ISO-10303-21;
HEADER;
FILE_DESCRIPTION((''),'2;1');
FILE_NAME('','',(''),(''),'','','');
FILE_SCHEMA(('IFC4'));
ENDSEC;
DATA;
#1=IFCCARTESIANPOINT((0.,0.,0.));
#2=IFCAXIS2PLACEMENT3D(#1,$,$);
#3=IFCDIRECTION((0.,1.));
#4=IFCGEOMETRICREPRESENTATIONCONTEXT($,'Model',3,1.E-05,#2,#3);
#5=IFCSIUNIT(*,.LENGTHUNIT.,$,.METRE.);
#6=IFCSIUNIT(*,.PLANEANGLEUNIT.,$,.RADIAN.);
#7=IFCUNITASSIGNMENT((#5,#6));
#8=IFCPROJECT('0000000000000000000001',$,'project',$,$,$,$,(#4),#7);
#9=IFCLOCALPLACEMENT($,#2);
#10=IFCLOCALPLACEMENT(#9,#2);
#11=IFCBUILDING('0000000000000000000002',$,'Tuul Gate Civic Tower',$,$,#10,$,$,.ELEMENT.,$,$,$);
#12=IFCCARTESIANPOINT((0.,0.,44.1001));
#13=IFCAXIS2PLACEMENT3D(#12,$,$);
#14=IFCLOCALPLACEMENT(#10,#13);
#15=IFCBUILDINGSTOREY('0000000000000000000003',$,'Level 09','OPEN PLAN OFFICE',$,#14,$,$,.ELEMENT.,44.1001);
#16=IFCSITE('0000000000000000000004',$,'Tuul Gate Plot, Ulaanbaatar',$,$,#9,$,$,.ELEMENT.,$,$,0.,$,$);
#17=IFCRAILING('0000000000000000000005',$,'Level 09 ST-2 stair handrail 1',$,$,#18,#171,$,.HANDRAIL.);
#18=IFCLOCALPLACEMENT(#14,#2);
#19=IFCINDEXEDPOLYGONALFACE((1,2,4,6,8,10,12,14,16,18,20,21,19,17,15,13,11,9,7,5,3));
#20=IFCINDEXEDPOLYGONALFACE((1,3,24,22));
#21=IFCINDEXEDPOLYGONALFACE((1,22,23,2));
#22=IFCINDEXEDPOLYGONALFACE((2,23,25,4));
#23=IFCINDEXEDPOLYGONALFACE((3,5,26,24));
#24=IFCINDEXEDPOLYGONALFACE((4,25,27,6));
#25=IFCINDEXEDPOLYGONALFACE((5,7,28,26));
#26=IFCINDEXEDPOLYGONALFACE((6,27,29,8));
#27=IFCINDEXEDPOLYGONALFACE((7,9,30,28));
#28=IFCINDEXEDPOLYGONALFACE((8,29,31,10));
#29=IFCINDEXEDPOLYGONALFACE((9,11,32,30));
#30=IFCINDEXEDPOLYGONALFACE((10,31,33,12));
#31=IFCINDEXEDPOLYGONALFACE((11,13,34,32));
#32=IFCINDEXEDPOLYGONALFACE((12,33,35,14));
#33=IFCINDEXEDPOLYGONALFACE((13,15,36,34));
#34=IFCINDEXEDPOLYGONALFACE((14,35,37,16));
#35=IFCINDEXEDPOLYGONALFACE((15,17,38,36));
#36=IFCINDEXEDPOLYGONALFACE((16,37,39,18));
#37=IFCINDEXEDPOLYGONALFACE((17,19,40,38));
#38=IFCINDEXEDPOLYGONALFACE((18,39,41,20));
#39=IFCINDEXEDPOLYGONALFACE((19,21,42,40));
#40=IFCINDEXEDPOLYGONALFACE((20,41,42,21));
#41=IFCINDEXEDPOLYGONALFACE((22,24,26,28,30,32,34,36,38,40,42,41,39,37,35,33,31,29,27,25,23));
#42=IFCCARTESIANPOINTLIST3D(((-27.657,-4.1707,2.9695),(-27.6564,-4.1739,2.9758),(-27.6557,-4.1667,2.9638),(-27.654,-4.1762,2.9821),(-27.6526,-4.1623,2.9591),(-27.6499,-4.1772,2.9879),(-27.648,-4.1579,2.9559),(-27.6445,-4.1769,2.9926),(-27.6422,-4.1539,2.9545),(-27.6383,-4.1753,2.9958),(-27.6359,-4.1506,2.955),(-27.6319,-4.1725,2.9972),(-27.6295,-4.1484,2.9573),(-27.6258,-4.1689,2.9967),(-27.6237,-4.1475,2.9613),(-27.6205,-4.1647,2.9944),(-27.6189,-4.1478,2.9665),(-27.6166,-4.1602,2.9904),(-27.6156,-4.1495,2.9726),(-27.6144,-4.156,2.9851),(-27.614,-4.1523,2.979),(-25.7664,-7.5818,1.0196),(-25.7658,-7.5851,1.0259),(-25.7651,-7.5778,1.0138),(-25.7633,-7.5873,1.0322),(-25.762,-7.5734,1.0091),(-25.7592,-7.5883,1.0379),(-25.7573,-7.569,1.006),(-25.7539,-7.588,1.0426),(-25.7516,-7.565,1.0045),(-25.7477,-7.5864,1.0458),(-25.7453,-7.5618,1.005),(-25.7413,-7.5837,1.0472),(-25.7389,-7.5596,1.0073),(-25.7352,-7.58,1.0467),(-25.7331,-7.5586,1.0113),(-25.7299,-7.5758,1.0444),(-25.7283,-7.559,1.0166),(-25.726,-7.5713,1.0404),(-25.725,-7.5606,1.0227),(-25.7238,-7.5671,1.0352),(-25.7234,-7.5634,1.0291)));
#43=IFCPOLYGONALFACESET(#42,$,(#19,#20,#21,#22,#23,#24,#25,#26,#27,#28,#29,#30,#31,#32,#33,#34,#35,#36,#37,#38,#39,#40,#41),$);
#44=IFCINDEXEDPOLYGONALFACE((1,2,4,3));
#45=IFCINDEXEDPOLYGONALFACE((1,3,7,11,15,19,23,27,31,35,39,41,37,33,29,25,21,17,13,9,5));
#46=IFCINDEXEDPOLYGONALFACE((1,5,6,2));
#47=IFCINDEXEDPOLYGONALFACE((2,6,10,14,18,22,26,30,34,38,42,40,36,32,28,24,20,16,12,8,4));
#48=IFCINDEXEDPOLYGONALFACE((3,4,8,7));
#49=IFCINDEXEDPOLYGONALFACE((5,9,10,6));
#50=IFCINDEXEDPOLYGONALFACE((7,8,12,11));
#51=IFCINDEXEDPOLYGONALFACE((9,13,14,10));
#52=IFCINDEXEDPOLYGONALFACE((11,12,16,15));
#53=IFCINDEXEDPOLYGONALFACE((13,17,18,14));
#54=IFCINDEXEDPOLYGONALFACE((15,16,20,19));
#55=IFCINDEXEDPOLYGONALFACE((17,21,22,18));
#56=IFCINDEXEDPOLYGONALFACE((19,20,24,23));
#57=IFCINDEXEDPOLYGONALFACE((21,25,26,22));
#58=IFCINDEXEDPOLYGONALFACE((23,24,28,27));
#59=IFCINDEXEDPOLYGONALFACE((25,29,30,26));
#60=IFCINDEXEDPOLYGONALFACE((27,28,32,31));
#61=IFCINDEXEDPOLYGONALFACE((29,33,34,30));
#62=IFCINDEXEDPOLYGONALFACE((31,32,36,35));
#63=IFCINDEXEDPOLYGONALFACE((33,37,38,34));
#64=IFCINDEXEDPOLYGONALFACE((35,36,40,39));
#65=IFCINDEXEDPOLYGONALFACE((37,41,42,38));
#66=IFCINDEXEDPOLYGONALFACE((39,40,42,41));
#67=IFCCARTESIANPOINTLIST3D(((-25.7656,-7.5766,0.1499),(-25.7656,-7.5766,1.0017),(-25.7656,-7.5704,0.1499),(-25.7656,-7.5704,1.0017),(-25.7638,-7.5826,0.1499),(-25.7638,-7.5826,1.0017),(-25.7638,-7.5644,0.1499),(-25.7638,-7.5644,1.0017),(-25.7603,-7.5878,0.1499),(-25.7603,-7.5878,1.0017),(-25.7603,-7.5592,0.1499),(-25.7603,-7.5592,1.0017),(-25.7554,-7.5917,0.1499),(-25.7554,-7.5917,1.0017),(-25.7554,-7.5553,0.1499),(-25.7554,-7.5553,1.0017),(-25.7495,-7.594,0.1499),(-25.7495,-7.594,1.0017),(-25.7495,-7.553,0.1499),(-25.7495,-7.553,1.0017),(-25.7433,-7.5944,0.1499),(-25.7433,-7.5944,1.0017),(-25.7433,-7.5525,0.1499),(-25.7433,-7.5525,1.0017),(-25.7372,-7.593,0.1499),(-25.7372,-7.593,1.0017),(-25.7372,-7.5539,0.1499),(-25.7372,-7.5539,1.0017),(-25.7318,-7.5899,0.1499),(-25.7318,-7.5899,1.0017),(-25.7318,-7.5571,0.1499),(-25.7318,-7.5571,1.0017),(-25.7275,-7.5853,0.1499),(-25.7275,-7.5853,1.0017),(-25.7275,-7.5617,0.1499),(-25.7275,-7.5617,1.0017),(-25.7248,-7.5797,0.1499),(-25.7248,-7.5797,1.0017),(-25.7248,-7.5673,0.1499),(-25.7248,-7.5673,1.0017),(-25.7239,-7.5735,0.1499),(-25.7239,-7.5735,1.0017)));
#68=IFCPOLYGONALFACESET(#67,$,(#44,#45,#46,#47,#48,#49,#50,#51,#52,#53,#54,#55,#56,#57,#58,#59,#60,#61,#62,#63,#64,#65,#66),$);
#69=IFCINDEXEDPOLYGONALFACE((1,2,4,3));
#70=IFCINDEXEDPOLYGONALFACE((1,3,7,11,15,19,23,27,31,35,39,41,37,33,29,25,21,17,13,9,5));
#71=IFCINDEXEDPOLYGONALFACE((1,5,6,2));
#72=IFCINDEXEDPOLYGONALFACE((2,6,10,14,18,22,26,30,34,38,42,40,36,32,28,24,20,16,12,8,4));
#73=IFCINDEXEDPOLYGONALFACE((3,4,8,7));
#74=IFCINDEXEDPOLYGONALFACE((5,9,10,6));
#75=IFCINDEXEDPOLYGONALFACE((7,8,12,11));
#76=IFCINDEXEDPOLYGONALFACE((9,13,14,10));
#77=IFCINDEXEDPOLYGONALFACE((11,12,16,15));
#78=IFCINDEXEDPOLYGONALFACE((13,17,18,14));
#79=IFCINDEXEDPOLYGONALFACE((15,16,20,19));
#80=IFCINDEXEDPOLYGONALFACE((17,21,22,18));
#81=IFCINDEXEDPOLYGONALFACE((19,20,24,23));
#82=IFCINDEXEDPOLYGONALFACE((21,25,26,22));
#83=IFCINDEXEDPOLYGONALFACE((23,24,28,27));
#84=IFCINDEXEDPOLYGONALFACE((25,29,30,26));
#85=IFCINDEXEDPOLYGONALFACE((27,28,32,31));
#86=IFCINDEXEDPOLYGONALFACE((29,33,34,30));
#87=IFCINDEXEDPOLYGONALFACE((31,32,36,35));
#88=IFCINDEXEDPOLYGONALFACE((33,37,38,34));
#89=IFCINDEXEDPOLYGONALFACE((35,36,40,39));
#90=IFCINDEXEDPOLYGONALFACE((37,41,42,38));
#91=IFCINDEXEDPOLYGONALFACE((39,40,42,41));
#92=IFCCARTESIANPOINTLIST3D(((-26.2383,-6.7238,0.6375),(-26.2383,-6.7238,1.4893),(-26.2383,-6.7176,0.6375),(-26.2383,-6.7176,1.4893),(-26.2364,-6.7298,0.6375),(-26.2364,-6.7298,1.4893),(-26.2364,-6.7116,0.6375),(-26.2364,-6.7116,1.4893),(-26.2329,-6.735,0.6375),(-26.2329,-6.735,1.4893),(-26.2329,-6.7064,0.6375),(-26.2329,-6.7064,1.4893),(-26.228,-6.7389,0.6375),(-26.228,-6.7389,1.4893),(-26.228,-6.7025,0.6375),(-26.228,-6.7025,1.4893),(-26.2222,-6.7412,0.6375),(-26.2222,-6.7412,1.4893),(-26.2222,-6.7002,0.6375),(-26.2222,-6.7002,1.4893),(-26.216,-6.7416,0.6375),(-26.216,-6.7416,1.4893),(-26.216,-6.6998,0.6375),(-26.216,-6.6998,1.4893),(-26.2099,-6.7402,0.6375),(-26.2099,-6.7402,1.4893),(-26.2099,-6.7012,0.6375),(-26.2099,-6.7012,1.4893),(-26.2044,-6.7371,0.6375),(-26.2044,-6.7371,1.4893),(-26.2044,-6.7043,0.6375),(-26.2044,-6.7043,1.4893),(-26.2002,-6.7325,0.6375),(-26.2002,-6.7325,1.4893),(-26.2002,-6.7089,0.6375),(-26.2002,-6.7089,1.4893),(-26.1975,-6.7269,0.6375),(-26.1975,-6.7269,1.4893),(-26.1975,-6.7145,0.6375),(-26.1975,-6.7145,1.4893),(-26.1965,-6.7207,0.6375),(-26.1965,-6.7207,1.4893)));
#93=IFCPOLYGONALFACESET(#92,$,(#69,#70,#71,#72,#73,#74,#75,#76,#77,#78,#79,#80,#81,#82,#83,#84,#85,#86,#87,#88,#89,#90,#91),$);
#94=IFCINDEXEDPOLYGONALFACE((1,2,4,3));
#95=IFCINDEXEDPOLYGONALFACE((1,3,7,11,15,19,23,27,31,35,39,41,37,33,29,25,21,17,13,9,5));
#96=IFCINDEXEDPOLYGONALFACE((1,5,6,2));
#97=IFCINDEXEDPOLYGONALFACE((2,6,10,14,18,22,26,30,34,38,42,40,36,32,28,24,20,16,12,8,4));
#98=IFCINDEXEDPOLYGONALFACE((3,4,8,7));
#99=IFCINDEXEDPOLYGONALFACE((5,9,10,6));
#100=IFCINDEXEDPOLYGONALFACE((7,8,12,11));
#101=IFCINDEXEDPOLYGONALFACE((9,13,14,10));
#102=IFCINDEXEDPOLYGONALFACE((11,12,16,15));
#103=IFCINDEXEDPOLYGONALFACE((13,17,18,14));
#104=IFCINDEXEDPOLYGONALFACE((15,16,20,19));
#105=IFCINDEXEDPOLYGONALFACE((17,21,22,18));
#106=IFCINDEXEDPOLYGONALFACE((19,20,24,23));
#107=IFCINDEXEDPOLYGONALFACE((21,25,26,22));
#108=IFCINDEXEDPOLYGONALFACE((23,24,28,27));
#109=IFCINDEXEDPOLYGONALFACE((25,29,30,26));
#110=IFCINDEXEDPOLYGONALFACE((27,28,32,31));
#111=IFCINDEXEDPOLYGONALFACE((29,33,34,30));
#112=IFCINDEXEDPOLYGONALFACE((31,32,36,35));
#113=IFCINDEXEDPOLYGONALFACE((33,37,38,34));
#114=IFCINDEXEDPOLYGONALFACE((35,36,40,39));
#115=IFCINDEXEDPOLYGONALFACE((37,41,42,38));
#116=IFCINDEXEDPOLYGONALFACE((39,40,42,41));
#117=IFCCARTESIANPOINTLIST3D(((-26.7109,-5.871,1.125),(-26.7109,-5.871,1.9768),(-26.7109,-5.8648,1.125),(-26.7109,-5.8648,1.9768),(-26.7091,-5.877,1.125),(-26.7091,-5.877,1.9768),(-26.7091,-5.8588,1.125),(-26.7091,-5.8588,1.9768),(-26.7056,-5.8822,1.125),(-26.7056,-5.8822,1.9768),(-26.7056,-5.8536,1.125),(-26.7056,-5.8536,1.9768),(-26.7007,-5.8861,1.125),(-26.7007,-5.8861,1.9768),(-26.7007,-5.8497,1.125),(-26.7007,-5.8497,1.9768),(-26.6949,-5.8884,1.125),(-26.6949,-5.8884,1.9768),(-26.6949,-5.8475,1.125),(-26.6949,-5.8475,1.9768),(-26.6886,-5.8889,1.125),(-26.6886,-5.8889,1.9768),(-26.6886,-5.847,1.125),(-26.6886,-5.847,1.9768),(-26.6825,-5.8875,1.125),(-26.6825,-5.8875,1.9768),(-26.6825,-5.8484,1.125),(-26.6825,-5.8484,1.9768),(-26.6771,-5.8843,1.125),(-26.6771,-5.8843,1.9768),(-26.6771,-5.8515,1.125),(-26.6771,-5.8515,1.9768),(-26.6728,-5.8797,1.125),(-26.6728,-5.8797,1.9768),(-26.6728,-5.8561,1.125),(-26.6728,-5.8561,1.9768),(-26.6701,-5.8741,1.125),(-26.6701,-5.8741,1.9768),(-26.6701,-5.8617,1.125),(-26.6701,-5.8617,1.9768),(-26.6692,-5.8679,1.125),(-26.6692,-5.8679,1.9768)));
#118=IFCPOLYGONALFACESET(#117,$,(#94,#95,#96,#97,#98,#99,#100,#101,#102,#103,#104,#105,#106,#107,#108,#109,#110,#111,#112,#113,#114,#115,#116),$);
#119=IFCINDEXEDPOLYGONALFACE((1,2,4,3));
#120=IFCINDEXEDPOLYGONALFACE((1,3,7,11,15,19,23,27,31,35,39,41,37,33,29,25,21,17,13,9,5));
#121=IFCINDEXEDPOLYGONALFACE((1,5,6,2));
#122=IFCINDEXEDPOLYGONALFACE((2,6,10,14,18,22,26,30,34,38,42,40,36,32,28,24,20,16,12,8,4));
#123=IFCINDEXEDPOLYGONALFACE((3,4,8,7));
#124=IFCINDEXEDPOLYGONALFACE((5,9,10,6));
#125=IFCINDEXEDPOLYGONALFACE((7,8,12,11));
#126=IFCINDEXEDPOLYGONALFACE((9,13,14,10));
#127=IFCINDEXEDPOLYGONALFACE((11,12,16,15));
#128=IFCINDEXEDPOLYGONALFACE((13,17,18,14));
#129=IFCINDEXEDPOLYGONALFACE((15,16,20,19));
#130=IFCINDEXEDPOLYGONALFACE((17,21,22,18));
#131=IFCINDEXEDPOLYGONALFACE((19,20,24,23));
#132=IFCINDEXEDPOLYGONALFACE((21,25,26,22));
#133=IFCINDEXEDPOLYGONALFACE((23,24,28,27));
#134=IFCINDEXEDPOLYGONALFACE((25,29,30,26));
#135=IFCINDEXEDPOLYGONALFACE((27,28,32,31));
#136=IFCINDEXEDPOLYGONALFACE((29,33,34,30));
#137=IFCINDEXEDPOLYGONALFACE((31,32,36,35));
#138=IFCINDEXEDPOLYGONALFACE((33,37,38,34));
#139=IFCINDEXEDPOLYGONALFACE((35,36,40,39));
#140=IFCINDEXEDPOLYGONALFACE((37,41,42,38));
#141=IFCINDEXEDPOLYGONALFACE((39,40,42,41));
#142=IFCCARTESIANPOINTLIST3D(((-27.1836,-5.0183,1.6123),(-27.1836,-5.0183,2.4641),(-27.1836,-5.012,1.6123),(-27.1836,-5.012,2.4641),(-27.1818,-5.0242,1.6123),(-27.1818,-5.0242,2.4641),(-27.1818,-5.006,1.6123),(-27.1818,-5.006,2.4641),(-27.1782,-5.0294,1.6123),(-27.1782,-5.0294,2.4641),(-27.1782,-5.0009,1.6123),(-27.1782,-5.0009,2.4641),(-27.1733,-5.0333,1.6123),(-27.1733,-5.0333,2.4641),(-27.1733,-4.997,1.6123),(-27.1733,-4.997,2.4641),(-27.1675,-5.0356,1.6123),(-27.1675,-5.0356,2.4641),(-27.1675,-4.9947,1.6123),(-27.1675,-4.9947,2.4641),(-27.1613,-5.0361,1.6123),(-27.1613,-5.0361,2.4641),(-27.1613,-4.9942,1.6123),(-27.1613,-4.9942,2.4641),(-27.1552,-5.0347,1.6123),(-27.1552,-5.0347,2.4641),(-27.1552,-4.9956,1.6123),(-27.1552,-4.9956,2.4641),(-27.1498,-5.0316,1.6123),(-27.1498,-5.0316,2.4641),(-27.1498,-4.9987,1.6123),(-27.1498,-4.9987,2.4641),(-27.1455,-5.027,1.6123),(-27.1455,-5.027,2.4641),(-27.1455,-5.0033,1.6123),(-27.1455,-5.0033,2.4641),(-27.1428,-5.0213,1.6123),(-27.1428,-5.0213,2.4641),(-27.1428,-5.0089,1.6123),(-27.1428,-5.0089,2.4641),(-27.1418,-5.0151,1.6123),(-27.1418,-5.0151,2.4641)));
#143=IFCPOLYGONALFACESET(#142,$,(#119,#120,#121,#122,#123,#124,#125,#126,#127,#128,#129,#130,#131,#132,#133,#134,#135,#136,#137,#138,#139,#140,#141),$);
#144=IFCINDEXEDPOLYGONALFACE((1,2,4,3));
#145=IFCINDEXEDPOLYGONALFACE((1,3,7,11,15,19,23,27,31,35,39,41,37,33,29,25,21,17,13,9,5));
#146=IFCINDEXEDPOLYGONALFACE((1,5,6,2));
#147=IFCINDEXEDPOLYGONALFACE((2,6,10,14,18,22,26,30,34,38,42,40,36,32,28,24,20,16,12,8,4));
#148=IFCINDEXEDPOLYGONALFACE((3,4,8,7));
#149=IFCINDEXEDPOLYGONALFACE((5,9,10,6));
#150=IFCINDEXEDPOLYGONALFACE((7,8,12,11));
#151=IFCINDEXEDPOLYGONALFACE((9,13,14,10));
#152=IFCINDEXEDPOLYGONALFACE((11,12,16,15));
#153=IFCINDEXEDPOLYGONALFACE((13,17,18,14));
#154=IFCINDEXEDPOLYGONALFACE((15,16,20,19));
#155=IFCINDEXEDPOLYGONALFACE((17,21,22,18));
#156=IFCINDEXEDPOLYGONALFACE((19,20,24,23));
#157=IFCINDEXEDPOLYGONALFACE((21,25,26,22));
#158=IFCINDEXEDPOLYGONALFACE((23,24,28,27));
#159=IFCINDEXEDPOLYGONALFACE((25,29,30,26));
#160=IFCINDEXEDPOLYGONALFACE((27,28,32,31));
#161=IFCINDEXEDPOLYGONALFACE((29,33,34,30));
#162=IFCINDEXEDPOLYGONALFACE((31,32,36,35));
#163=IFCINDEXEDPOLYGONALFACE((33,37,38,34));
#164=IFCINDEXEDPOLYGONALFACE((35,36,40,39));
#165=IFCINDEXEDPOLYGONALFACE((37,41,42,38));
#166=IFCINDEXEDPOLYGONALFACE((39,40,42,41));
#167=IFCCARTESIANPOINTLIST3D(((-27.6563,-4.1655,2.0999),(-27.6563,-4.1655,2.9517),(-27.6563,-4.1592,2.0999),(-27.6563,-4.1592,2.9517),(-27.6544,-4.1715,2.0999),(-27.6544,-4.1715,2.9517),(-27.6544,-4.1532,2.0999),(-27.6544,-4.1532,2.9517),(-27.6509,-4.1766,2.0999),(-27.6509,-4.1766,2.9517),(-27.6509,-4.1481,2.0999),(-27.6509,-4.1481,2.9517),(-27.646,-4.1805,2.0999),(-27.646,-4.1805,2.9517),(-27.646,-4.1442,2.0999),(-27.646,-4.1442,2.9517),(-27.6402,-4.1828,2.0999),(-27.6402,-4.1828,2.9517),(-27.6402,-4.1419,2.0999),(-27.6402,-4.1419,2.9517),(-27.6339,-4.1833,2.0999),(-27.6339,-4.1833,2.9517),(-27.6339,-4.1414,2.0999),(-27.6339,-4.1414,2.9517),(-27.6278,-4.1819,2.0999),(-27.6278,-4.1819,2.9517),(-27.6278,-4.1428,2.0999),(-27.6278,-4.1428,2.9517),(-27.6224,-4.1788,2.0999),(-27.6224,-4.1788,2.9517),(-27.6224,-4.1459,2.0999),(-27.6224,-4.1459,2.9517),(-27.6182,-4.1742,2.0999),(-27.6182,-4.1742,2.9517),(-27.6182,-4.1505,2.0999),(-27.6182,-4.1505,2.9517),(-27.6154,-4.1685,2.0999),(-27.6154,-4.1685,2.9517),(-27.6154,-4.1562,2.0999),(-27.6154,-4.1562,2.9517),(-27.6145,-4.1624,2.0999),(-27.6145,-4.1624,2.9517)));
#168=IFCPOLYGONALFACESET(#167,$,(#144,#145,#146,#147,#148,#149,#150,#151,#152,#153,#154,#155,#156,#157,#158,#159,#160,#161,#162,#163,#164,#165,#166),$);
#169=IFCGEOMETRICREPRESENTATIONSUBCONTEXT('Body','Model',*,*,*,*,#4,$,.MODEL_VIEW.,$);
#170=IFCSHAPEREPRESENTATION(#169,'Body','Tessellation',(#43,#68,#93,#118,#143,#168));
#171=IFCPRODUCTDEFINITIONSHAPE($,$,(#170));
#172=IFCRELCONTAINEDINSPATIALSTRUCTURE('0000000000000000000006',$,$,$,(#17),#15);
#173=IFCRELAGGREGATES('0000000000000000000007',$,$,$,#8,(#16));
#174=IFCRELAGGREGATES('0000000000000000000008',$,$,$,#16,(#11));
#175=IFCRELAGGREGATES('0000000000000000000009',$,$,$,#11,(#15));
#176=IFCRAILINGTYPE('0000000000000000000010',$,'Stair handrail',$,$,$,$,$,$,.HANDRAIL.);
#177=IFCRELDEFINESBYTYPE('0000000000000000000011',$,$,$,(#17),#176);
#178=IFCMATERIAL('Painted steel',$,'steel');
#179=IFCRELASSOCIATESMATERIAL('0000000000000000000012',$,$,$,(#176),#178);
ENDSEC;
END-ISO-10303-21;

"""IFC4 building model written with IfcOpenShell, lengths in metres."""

from ifc_helpers import new_model, si_unit, direction, frame, origin, origin_2d, place, context, subcontext, project, spatial, circle, extrude, material, type_object, element, save


model = new_model("IFC4")

# Units and contexts
model_context = context("Model", 3, precision=1e-05, world=origin(), true_north=direction((0.0, 1.0)))
body_context = subcontext(model_context, "Body", "Model", "MODEL_VIEW")
ifc_project = project(units=[si_unit("LENGTHUNIT", "METRE"), si_unit("PLANEANGLEUNIT", "RADIAN")], contexts=[model_context])

# Site, building, storey
site_placement = place(None, origin())
site = spatial("IfcSite", under=ifc_project, at=site_placement, Name="Tuul Gate Plot, Ulaanbaatar", CompositionType="ELEMENT", RefElevation=0.0)
building_placement = place(site_placement, origin())
building = spatial("IfcBuilding", under=site, at=building_placement, Name="Tuul Gate Civic Tower", CompositionType="ELEMENT")
storey_placement = place(building_placement, frame((0.0, 0.0, 44.1001)))
storey = spatial("IfcBuildingStorey", under=building, at=storey_placement, Name="Level 09", Description="OPEN PLAN OFFICE", CompositionType="ELEMENT", Elevation=44.1001)

# Railing
ifc_material_1 = material(Name="Painted steel", Category="steel")
railing_type = type_object("IfcRailingType", Name="Stair handrail", PredefinedType="HANDRAIL", material=ifc_material_1)
railing_1_placement = place(storey_placement, frame((-25.7449, -7.5735, 0.1499)))
element("IfcRailing", 1, at=railing_1_placement, inside=storey, type_object=railing_type, Name="Level 09 ST-2 stair handrail 1", PredefinedType="HANDRAIL", context=body_context, shape_type="SweptSolid", body=[
    extrude(circle(Radius=0.0239, at=origin_2d()), frame((0.0, 0.0, 0.876), z_axis=(-0.433595, 0.782308, 0.447201), x_axis=(-0.874641, -0.484771, 0.0)), (0.0, 0.0, 1.0), 4.3604),
    extrude(circle(Radius=0.021, at=origin_2d()), origin(), (0.0, 0.0, 1.0), 0.8518),
    extrude(circle(Radius=0.021, at=origin_2d()), frame((-0.4727, 0.8528, 0.4875)), (0.0, 0.0, 1.0), 0.8518),
    extrude(circle(Radius=0.021, at=origin_2d()), frame((-0.9453, 1.7056, 0.9751)), (0.0, 0.0, 1.0), 0.8518),
    extrude(circle(Radius=0.021, at=origin_2d()), frame((-1.418, 2.5583, 1.4624)), (0.0, 0.0, 1.0), 0.8518),
    extrude(circle(Radius=0.021, at=origin_2d()), frame((-1.8906, 3.4111, 1.95)), (0.0, 0.0, 1.0), 0.8518),
])

save(model, "model.ifc")
